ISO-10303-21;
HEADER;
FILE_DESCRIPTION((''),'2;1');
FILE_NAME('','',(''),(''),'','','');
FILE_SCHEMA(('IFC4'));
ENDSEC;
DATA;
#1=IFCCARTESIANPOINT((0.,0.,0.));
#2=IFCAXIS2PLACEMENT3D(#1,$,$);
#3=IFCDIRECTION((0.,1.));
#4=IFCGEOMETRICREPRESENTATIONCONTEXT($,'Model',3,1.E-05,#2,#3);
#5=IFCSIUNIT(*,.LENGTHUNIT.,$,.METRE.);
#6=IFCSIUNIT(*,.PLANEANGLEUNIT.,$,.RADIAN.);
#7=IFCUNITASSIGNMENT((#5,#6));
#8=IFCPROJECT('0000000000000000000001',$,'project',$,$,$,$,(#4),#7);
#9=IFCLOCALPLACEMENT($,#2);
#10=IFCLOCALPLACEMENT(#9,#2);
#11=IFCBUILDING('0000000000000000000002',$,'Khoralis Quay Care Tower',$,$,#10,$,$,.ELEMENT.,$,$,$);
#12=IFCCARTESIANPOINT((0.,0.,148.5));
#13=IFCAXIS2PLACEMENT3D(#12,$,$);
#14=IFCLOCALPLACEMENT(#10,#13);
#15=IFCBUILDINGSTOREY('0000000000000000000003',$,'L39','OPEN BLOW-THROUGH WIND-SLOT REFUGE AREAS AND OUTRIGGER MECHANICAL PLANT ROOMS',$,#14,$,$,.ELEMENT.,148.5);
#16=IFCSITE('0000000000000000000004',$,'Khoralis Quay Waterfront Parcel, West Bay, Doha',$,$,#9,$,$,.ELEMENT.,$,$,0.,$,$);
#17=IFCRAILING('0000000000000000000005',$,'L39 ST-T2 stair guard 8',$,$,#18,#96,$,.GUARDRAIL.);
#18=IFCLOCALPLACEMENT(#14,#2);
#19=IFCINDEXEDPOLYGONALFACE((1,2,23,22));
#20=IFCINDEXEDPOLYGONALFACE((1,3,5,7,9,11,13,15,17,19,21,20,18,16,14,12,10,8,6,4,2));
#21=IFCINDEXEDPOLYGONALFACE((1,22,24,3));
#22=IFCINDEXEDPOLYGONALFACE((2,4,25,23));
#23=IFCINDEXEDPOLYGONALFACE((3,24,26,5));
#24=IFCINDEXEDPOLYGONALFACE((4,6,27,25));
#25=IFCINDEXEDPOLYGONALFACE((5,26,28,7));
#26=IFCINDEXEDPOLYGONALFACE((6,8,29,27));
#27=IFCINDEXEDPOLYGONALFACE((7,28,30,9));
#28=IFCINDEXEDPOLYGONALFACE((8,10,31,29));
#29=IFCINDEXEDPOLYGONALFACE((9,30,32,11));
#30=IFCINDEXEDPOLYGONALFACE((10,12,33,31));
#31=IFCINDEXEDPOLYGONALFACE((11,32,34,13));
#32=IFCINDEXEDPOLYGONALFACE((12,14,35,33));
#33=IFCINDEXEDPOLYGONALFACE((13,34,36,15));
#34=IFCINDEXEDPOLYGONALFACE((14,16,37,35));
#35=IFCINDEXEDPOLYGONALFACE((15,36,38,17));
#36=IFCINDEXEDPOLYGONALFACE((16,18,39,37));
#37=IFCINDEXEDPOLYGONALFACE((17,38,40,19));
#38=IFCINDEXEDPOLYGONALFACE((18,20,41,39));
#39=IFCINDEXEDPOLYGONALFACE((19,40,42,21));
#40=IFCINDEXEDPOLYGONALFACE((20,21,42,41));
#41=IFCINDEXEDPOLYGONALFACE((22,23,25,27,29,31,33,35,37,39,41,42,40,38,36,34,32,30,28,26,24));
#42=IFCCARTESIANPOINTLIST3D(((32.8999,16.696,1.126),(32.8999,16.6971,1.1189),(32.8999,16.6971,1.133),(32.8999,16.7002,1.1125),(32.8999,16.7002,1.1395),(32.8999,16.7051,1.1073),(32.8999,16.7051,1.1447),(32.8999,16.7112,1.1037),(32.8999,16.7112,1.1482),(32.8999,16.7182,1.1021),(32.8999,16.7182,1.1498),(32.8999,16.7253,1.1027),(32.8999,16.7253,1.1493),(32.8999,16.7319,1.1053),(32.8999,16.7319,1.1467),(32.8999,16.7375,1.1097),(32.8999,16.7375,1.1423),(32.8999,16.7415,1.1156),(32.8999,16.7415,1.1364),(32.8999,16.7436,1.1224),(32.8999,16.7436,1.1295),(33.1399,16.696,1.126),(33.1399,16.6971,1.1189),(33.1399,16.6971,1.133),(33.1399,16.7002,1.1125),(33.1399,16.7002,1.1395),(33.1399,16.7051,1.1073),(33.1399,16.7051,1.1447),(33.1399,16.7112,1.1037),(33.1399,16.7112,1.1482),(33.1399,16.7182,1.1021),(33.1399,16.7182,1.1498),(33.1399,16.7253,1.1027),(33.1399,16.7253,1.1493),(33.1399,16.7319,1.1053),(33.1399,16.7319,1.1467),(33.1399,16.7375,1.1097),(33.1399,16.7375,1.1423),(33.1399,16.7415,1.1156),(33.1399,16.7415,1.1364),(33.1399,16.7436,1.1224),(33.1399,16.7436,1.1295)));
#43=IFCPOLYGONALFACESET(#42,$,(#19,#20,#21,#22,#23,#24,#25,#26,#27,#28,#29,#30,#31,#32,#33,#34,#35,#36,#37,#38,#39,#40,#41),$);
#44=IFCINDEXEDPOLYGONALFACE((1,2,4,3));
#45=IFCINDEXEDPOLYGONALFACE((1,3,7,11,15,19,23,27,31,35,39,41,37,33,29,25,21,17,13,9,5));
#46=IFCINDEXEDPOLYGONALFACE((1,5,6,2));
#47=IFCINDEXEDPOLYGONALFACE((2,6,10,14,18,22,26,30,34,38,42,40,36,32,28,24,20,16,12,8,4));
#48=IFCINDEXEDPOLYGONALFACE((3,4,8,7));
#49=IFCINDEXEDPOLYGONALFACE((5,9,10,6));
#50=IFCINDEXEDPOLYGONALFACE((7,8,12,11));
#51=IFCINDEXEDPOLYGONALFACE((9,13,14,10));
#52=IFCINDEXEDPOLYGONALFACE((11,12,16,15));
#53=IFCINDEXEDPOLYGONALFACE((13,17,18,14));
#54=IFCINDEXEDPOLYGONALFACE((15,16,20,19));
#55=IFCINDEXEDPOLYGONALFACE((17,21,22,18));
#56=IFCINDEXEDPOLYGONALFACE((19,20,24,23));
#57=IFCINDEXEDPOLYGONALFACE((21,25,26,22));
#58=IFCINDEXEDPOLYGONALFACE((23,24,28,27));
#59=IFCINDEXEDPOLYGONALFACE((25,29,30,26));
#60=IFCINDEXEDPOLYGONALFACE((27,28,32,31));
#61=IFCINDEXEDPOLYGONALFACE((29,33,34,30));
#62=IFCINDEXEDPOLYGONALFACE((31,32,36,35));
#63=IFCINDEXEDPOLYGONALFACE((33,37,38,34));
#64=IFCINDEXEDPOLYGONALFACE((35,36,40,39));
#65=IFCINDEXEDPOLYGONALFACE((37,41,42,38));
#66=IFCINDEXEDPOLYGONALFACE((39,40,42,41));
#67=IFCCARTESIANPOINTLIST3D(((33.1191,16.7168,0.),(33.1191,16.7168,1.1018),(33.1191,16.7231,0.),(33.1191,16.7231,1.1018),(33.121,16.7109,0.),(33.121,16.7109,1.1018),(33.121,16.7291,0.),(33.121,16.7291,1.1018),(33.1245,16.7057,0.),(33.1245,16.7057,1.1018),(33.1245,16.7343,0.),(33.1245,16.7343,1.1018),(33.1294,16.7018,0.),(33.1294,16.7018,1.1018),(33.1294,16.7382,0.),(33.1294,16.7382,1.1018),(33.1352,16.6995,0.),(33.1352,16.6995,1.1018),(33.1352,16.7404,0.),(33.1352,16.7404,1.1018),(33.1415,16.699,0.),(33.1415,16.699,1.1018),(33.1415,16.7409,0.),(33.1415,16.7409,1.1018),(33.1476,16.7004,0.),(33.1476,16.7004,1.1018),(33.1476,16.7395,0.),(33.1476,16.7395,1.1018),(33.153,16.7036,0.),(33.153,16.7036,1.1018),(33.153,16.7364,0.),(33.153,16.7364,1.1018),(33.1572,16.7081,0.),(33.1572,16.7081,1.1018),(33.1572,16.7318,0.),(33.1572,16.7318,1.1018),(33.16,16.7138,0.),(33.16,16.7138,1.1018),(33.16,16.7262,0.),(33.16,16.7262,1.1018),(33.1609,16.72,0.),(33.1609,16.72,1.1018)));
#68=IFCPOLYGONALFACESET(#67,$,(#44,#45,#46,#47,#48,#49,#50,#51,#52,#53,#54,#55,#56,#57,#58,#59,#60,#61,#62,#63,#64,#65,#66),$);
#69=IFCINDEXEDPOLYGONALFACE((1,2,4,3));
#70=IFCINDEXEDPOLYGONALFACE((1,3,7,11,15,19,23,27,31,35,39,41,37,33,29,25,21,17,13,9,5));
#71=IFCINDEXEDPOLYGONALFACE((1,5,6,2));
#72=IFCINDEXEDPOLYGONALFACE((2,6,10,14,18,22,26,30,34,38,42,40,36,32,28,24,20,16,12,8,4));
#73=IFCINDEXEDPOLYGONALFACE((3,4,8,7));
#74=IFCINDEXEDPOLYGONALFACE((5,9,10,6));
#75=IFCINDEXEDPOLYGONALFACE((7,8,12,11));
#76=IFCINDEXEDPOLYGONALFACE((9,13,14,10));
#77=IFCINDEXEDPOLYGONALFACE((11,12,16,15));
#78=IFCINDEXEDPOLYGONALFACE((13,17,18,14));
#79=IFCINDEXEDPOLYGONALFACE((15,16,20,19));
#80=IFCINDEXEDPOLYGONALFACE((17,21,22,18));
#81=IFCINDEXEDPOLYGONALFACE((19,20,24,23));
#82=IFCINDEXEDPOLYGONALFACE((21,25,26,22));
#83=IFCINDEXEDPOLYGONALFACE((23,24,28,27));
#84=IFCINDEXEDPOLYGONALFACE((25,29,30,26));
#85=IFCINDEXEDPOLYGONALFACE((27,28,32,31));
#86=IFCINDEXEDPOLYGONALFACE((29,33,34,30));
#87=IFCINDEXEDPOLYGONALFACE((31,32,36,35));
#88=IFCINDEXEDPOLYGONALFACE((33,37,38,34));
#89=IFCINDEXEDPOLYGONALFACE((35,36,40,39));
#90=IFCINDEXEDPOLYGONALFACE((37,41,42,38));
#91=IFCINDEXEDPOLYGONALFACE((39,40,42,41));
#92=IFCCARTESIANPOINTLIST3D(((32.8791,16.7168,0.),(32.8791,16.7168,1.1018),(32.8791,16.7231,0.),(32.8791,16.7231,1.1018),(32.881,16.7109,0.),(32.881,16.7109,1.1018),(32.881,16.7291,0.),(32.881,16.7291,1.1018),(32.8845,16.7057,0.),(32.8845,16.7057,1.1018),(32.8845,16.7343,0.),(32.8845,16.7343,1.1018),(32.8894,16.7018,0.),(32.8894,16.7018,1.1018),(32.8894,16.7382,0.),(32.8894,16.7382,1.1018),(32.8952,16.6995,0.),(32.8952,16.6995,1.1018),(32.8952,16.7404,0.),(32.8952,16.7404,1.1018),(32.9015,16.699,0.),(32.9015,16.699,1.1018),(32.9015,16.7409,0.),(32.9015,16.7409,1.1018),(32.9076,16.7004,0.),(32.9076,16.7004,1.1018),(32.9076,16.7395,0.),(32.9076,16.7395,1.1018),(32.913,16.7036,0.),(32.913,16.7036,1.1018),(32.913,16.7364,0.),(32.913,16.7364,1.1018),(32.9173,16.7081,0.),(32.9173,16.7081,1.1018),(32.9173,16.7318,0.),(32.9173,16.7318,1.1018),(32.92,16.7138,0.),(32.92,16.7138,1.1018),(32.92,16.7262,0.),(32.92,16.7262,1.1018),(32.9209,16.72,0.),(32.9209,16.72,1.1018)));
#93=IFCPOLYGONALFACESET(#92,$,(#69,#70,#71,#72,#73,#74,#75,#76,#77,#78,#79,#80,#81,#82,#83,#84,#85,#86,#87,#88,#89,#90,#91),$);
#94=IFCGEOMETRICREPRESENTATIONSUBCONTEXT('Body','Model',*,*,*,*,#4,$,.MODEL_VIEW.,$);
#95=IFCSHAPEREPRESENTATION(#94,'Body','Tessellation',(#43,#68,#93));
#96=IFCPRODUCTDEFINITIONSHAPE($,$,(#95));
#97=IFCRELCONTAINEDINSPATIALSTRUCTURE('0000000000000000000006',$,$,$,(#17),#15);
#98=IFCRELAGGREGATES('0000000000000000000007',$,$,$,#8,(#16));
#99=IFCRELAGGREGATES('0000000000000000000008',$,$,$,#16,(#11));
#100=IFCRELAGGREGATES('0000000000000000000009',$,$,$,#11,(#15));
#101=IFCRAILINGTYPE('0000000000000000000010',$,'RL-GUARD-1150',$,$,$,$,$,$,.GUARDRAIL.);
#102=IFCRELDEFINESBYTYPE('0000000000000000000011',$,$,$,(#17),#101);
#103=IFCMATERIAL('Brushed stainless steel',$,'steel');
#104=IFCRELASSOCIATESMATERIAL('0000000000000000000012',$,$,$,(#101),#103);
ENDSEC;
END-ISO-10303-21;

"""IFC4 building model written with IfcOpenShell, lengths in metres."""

from ifc_helpers import new_model, si_unit, direction, frame, origin, origin_2d, place, context, subcontext, project, spatial, circle, extrude, material, type_object, element, save


model = new_model("IFC4")

# Units and contexts
model_context = context("Model", 3, precision=1e-05, world=origin(), true_north=direction((0.0, 1.0)))
body_context = subcontext(model_context, "Body", "Model", "MODEL_VIEW")
ifc_project = project(units=[si_unit("LENGTHUNIT", "METRE"), si_unit("PLANEANGLEUNIT", "RADIAN")], contexts=[model_context])

# Site, building, storey
site_placement = place(None, origin())
site = spatial("IfcSite", under=ifc_project, at=site_placement, Name="Khoralis Quay Waterfront Parcel, West Bay, Doha", CompositionType="ELEMENT", RefElevation=0.0)
building_placement = place(site_placement, origin())
building = spatial("IfcBuilding", under=site, at=building_placement, Name="Khoralis Quay Care Tower", CompositionType="ELEMENT")
storey_placement = place(building_placement, frame((0.0, 0.0, 148.5)))
storey = spatial("IfcBuildingStorey", under=building, at=storey_placement, Name="L39", Description="OPEN BLOW-THROUGH WIND-SLOT REFUGE AREAS AND OUTRIGGER MECHANICAL PLANT ROOMS", CompositionType="ELEMENT", Elevation=148.5)

# Shared definitions
ifc_material_1 = material(Name="Brushed stainless steel", Category="steel")

# Railing
railing_type_1 = type_object("IfcRailingType", Name="RL-GUARD-1150", PredefinedType="GUARDRAIL", material=ifc_material_1)
railing_1_placement = place(storey_placement, frame((33.1399, 16.72, 0.0)))
element("IfcRailing", 1, at=railing_1_placement, inside=storey, type_object=railing_type_1, Name="L39 ST-T2 stair guard 8", PredefinedType="GUARDRAIL", context=body_context, shape_type="SweptSolid", body=[
    extrude(circle(Radius=0.0239, at=origin_2d()), frame((0.0, 0.0, 1.126), z_axis=(-1.0, 0.0, 0.0), x_axis=(0.0, -1.0, 0.0)), (0.0, 0.0, 1.0), 0.24),
    extrude(circle(Radius=0.021, at=origin_2d()), origin(), (0.0, 0.0, 1.0), 1.1018),
    extrude(circle(Radius=0.021, at=origin_2d()), frame((-0.24, 0.0, 0.0)), (0.0, 0.0, 1.0), 1.1018),
])

save(model, "model.ifc")
